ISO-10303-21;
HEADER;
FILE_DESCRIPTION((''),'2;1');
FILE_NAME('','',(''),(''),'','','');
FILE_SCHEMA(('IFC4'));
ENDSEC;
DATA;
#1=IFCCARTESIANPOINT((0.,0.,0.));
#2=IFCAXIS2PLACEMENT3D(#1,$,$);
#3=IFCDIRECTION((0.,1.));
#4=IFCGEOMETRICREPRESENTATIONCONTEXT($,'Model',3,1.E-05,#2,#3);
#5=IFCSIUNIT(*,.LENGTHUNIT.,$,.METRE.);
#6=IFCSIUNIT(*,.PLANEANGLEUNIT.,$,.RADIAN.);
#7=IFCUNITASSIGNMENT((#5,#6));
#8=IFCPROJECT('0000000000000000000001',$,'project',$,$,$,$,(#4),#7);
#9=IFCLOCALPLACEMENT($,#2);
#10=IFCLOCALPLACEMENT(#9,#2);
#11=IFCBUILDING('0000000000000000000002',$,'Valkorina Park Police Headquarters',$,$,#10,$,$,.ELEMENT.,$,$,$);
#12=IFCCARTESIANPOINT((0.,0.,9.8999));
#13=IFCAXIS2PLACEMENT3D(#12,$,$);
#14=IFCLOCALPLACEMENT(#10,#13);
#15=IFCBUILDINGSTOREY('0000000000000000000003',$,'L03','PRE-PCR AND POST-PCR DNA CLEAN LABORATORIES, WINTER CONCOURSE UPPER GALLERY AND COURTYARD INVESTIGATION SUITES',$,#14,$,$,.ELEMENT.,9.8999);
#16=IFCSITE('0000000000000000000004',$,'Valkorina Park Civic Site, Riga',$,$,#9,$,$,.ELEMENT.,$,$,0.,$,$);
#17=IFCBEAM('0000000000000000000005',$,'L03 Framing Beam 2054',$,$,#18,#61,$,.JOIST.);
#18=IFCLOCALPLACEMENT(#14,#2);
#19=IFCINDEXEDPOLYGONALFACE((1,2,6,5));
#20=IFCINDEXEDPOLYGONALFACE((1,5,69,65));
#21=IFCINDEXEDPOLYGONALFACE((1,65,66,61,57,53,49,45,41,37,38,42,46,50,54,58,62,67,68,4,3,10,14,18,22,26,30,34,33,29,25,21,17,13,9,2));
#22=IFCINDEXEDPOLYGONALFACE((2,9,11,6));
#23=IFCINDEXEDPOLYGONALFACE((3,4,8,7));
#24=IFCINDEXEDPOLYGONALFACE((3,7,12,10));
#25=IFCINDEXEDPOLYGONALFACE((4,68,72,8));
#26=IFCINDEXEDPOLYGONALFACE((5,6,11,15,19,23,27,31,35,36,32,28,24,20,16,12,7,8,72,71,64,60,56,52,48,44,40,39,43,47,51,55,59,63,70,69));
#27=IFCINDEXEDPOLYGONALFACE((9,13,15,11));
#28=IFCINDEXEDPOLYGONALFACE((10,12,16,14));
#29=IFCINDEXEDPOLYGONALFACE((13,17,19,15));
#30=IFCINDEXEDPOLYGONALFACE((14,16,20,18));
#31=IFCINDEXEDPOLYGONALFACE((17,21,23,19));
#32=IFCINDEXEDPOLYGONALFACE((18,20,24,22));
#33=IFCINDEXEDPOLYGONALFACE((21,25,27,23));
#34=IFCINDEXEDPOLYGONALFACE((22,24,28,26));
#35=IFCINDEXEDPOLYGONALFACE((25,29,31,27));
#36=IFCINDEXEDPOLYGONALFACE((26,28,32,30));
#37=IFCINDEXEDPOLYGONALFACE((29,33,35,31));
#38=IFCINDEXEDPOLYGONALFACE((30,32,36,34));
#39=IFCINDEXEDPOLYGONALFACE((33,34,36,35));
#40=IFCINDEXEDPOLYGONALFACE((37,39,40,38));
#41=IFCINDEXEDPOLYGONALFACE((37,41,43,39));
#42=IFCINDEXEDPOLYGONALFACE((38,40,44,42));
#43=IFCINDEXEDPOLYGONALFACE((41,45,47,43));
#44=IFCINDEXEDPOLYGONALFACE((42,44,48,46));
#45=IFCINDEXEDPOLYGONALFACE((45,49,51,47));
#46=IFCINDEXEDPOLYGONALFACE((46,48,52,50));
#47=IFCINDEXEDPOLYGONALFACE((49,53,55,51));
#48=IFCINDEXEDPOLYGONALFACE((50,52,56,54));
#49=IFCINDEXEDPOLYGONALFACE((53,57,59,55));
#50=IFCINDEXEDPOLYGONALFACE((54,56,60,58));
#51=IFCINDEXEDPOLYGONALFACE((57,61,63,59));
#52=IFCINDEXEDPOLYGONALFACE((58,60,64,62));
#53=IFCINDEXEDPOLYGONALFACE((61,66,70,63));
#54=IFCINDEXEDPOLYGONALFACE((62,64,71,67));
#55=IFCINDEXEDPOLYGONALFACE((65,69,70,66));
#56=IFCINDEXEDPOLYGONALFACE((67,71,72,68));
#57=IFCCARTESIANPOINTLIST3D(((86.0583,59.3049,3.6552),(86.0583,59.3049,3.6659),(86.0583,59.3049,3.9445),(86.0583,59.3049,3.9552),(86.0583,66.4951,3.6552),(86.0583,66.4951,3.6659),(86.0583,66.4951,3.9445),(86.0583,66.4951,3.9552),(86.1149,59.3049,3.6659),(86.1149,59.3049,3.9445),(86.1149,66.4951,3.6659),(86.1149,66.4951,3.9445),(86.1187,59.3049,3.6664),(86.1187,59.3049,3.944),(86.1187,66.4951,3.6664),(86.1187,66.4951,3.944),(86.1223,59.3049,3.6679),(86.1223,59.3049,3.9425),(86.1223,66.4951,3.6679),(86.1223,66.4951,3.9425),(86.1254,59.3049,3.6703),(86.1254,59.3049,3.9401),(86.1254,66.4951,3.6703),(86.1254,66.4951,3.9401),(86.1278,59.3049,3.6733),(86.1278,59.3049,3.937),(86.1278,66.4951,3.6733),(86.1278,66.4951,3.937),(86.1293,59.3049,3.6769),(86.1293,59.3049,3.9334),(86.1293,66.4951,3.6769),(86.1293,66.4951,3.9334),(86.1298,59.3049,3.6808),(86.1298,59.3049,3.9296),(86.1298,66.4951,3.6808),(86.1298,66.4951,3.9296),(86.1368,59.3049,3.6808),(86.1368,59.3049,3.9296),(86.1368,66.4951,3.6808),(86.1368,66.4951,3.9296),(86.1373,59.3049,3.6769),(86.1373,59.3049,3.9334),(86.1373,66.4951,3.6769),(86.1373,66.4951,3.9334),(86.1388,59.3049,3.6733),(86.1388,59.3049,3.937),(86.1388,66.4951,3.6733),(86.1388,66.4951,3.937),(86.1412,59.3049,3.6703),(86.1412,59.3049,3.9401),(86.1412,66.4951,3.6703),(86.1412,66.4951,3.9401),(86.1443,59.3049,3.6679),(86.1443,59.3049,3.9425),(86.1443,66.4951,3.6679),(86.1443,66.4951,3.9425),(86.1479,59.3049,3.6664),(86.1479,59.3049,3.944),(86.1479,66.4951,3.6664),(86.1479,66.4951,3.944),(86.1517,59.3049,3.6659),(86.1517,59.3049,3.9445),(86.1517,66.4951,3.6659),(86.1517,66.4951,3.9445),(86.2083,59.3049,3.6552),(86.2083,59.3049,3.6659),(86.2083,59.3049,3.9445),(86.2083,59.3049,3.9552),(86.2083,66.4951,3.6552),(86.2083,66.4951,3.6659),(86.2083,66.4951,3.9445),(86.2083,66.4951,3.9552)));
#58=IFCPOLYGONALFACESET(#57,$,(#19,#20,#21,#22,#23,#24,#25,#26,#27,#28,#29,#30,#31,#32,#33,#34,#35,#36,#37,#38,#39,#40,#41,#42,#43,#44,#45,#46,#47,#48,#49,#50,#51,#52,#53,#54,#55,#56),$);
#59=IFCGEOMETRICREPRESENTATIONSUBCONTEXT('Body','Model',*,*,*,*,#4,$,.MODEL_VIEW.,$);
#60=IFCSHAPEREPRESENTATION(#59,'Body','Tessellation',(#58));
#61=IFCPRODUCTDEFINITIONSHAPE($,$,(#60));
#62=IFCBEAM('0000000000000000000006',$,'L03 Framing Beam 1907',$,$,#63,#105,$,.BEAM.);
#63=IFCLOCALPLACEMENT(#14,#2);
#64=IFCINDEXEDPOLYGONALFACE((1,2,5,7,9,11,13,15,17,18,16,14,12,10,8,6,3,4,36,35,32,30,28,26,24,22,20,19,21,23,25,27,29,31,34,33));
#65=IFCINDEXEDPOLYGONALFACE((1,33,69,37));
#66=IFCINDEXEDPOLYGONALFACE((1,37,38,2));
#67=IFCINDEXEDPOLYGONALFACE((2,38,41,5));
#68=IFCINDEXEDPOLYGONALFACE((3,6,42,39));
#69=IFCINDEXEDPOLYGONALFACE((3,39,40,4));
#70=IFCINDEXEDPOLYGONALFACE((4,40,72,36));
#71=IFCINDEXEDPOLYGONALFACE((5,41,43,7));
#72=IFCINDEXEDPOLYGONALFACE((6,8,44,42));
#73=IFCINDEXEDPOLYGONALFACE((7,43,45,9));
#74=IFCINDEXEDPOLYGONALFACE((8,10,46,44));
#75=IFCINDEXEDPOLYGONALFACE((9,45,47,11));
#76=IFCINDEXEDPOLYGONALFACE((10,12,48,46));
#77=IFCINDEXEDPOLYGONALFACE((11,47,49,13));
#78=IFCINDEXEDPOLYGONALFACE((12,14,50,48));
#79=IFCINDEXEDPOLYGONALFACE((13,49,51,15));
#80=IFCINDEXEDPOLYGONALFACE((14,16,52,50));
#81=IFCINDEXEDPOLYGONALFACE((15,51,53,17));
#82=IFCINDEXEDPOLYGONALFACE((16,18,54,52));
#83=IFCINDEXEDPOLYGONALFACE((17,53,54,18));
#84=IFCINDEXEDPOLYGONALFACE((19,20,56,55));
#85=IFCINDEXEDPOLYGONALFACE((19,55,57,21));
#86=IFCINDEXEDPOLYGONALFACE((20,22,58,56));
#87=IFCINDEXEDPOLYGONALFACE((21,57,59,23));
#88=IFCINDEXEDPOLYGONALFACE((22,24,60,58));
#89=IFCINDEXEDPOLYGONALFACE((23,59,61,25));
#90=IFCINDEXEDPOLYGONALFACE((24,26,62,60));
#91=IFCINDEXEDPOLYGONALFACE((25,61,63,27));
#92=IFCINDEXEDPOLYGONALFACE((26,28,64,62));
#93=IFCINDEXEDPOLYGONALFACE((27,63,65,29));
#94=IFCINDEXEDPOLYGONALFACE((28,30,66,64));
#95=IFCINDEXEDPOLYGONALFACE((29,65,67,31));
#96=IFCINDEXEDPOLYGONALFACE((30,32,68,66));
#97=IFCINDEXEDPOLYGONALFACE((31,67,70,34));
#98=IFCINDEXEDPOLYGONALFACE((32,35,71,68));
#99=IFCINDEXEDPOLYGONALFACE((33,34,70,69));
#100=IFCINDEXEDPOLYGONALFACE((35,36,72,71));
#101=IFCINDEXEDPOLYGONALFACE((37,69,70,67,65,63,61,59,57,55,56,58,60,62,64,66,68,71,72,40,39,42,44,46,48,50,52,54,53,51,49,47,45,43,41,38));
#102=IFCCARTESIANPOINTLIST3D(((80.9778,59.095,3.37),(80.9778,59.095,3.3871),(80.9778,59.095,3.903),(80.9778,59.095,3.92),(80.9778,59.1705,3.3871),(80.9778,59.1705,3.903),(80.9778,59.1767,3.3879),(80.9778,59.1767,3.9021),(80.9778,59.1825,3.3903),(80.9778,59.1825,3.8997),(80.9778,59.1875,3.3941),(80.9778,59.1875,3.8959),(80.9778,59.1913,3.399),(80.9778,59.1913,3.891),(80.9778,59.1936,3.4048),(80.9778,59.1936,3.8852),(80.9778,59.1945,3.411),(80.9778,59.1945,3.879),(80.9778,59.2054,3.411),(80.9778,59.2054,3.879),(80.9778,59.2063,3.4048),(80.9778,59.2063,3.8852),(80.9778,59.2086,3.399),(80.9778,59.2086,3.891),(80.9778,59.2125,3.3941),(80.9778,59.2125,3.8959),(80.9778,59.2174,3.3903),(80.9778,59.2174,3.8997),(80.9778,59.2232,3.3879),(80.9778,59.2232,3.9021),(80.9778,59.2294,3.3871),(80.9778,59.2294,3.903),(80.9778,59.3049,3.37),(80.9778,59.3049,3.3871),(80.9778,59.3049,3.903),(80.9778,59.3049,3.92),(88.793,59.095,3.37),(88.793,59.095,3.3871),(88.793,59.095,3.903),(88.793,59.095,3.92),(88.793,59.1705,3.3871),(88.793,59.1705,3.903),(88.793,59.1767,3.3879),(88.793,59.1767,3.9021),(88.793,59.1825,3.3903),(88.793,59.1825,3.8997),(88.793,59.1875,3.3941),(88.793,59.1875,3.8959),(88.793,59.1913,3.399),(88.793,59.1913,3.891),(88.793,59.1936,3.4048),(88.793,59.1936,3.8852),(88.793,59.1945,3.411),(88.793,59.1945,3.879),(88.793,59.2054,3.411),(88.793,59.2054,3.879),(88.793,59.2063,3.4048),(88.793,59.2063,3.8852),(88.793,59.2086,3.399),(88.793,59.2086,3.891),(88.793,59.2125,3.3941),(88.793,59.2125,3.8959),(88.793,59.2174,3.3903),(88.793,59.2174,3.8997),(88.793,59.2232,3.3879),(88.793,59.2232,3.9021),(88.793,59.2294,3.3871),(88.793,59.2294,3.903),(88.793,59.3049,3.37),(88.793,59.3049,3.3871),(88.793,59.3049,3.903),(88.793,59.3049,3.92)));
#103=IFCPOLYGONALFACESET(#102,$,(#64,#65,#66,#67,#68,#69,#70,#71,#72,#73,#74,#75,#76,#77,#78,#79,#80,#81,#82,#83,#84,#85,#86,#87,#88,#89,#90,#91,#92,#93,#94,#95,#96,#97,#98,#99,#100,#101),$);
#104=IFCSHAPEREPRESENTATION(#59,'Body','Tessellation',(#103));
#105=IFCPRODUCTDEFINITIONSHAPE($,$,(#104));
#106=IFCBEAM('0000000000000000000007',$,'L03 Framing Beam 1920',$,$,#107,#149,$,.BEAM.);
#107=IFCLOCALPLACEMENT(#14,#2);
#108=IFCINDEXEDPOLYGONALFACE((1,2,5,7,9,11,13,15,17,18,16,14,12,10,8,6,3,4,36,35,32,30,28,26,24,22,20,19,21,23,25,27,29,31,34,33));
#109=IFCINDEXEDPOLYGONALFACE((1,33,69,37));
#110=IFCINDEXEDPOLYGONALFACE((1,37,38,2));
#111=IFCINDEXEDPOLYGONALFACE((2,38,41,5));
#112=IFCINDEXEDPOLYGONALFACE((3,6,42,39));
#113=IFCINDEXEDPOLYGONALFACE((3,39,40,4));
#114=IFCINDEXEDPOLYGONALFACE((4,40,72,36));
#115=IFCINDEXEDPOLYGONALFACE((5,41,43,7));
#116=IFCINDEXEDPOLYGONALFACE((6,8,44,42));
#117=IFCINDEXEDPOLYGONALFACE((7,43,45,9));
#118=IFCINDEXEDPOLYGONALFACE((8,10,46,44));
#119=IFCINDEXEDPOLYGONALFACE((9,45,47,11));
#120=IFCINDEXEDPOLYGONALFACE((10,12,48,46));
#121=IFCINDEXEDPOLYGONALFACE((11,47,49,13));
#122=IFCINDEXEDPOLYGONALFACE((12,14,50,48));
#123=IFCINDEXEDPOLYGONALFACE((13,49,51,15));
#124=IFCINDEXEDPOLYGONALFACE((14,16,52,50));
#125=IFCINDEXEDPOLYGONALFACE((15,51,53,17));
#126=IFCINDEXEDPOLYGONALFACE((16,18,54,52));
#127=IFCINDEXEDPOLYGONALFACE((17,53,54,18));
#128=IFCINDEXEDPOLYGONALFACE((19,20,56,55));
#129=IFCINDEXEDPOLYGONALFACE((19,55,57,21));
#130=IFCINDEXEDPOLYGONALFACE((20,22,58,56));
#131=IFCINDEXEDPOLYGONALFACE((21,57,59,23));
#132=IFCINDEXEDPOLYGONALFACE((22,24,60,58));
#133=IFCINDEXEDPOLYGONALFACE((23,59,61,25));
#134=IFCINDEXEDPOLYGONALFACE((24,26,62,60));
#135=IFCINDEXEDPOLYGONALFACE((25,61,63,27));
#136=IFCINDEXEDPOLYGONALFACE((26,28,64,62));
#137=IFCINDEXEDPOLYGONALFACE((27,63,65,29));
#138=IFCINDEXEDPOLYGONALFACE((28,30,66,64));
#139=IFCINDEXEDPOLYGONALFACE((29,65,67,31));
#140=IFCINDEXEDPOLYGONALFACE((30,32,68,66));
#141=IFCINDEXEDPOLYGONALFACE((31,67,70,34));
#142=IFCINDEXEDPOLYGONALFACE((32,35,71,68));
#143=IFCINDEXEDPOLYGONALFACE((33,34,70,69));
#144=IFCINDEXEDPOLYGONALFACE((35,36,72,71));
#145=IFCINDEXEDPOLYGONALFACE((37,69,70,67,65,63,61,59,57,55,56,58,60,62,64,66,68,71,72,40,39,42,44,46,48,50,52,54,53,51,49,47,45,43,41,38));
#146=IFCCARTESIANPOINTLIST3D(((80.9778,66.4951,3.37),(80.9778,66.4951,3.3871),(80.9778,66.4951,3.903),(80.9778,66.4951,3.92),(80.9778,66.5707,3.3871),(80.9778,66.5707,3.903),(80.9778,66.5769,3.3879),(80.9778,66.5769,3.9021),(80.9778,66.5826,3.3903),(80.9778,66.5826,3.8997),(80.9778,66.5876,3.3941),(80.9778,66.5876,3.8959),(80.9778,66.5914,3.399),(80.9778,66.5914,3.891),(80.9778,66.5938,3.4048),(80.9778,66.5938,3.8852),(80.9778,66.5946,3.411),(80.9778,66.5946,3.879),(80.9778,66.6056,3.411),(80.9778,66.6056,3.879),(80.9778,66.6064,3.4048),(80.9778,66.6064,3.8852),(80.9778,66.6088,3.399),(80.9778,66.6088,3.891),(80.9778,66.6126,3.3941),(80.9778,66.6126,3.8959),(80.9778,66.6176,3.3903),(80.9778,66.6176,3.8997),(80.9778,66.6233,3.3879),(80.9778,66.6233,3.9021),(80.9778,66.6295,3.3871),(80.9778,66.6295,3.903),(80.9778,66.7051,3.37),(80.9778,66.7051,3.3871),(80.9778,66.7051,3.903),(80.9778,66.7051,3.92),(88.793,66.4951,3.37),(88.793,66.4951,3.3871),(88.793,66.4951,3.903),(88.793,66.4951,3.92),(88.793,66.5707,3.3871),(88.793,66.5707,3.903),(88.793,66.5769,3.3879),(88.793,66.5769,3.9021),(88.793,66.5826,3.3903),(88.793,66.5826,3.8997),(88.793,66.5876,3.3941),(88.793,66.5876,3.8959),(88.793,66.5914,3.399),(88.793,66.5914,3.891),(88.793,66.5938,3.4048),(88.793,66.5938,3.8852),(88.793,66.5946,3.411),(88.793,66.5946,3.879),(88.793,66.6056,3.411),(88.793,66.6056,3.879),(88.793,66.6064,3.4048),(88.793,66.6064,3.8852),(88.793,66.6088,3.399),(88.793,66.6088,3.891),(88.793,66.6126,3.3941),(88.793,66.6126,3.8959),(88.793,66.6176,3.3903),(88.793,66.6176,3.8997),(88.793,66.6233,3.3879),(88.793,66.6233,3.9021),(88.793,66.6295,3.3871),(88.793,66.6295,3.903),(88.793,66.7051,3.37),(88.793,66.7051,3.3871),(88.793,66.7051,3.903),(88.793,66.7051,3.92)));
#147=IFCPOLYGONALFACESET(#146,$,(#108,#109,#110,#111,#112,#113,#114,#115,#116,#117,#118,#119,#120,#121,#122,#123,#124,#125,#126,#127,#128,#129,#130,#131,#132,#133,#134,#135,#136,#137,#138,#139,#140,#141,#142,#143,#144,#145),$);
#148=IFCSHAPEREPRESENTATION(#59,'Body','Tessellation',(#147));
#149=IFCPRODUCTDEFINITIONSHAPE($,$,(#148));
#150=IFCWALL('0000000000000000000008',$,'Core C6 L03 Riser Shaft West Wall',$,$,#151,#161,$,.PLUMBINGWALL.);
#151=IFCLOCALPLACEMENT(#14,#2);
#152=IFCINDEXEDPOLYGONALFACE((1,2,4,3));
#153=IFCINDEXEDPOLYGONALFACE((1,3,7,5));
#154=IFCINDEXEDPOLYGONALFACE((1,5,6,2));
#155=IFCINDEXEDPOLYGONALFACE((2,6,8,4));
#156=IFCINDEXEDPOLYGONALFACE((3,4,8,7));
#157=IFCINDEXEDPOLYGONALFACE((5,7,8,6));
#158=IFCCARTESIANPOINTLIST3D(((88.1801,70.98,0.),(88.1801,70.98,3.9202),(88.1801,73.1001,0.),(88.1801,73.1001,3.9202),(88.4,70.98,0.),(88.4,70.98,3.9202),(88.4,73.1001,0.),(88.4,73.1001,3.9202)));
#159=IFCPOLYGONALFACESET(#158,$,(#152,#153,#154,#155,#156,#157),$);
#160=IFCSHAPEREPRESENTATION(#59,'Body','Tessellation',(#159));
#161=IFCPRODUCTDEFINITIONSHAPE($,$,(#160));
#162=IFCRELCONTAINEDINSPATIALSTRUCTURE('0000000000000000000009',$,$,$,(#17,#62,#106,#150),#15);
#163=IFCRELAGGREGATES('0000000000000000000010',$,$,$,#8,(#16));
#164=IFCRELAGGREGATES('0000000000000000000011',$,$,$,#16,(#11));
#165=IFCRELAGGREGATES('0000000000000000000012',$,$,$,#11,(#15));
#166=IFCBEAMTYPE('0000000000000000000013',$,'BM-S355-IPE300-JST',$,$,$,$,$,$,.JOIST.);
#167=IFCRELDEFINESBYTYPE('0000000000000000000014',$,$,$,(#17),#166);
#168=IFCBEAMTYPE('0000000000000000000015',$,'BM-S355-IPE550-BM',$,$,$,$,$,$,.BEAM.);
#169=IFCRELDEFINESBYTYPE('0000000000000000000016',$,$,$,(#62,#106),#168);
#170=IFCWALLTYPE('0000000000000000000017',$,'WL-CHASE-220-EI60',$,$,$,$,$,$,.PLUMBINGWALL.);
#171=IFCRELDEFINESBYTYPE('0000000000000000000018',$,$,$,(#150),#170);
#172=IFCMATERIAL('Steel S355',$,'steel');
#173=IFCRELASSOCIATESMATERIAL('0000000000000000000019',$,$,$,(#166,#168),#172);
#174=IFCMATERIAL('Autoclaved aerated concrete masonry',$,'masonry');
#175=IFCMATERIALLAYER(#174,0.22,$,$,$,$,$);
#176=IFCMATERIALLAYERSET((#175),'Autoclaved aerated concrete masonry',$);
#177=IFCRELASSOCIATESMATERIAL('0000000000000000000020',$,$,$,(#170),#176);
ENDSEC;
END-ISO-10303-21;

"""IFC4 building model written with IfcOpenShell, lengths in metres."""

from ifc_helpers import new_model, si_unit, direction, frame, frame_2d, origin, origin_2d, place, context, subcontext, project, spatial, rectangle, i_section, extrude, material, layer, layer_set, material_profile, profile_set, type_object, element, save


model = new_model("IFC4")

# Units and contexts
model_context = context("Model", 3, precision=1e-05, world=origin(), true_north=direction((0.0, 1.0)))
body_context = subcontext(model_context, "Body", "Model", "MODEL_VIEW")
ifc_project = project(units=[si_unit("LENGTHUNIT", "METRE"), si_unit("PLANEANGLEUNIT", "RADIAN")], contexts=[model_context])

# Site, building, storey
site_placement = place(None, origin())
site = spatial("IfcSite", under=ifc_project, at=site_placement, Name="Valkorina Park Civic Site, Riga", CompositionType="ELEMENT", RefElevation=0.0)
building_placement = place(site_placement, origin())
building = spatial("IfcBuilding", under=site, at=building_placement, Name="Valkorina Park Police Headquarters", CompositionType="ELEMENT")
storey_placement = place(building_placement, frame((0.0, 0.0, 9.8999)))
storey = spatial("IfcBuildingStorey", under=building, at=storey_placement, Name="L03", Description="PRE-PCR AND POST-PCR DNA CLEAN LABORATORIES, WINTER CONCOURSE UPPER GALLERY AND COURTYARD INVESTIGATION SUITES", CompositionType="ELEMENT", Elevation=9.8999)

# Shared definitions
ifc_material_1 = material(Name="Steel S355", Category="steel")

# Beams
ifc_material_profile_1 = material_profile(ifc_material_1, i_section(OverallWidth=0.1499, OverallDepth=0.3, WebThickness=0.0071, FlangeThickness=0.0107, FilletRadius=0.0149, at=origin_2d()), Name="IPE 300")
ifc_profile_set_1 = profile_set([ifc_material_profile_1], Name="Steel S355")
beam_type_1 = type_object("IfcBeamType", Name="BM-S355-IPE300-JST", PredefinedType="JOIST", material=ifc_profile_set_1)
for number, where, z_axis, x_axis, name in (
    (1, (86.1333, 59.3049, 3.8052), (0.0, 1.0, 0.0), (-1.0, 0.0, 0.0), "L03 Framing Beam 2054"),
):
    element("IfcBeam", number, at=place(storey_placement, frame(where, z_axis=z_axis, x_axis=x_axis)), inside=storey, type_object=beam_type_1, Name=name, PredefinedType="JOIST", context=body_context, shape_type="SweptSolid", body=[
        extrude(i_section(OverallWidth=0.1499, OverallDepth=0.3, WebThickness=0.0071, FlangeThickness=0.0107, FilletRadius=0.0149, at=origin_2d()), origin(), (0.0, 0.0, 1.0), 7.1902),
    ])
ifc_material_profile_2 = material_profile(ifc_material_1, i_section(OverallWidth=0.21, OverallDepth=0.55, WebThickness=0.011, FlangeThickness=0.0171, FilletRadius=0.0239, at=origin_2d()), Name="IPE 550")
ifc_profile_set_2 = profile_set([ifc_material_profile_2], Name="Steel S355")
beam_type_2 = type_object("IfcBeamType", Name="BM-S355-IPE550-BM", PredefinedType="BEAM", material=ifc_profile_set_2)
for number, where, z_axis, x_axis, name in (
    (2, (80.9778, 59.2, 3.645), (1.0, 0.0, 0.0), (0.0, 1.0, 0.0), "L03 Framing Beam 1907"),
    (3, (80.9778, 66.6001, 3.645), (1.0, 0.0, 0.0), (0.0, 1.0, 0.0), "L03 Framing Beam 1920"),
):
    element("IfcBeam", number, at=place(storey_placement, frame(where, z_axis=z_axis, x_axis=x_axis)), inside=storey, type_object=beam_type_2, Name=name, PredefinedType="BEAM", context=body_context, shape_type="SweptSolid", body=[
        extrude(i_section(OverallWidth=0.21, OverallDepth=0.55, WebThickness=0.011, FlangeThickness=0.0171, FilletRadius=0.0239, at=origin_2d()), origin(), (0.0, 0.0, 1.0), 7.8152),
    ])

# Wall
ifc_material_2 = material(Name="Autoclaved aerated concrete masonry", Category="masonry")
ifc_layer_1 = layer(ifc_material_2, 0.22)
ifc_layer_set_1 = layer_set([ifc_layer_1], Name="Autoclaved aerated concrete masonry")
wall_type_1 = type_object("IfcWallType", Name="WL-CHASE-220-EI60", PredefinedType="PLUMBINGWALL", material=ifc_layer_set_1)
wall_1_placement = place(storey_placement, frame((88.29, 70.98, 0.0), z_axis=(0.0, 0.0, 1.0), x_axis=(0.0, 1.0, 0.0)))
element("IfcWall", 4, at=wall_1_placement, inside=storey, type_object=wall_type_1, Name="Core C6 L03 Riser Shaft West Wall", PredefinedType="PLUMBINGWALL", context=body_context, shape_type="SweptSolid", body=[
    extrude(rectangle(XDim=2.1201, YDim=0.22, at=frame_2d((1.0601, 0.0))), origin(), (0.0, 0.0, 1.0), 3.9202),
])

save(model, "model.ifc")
